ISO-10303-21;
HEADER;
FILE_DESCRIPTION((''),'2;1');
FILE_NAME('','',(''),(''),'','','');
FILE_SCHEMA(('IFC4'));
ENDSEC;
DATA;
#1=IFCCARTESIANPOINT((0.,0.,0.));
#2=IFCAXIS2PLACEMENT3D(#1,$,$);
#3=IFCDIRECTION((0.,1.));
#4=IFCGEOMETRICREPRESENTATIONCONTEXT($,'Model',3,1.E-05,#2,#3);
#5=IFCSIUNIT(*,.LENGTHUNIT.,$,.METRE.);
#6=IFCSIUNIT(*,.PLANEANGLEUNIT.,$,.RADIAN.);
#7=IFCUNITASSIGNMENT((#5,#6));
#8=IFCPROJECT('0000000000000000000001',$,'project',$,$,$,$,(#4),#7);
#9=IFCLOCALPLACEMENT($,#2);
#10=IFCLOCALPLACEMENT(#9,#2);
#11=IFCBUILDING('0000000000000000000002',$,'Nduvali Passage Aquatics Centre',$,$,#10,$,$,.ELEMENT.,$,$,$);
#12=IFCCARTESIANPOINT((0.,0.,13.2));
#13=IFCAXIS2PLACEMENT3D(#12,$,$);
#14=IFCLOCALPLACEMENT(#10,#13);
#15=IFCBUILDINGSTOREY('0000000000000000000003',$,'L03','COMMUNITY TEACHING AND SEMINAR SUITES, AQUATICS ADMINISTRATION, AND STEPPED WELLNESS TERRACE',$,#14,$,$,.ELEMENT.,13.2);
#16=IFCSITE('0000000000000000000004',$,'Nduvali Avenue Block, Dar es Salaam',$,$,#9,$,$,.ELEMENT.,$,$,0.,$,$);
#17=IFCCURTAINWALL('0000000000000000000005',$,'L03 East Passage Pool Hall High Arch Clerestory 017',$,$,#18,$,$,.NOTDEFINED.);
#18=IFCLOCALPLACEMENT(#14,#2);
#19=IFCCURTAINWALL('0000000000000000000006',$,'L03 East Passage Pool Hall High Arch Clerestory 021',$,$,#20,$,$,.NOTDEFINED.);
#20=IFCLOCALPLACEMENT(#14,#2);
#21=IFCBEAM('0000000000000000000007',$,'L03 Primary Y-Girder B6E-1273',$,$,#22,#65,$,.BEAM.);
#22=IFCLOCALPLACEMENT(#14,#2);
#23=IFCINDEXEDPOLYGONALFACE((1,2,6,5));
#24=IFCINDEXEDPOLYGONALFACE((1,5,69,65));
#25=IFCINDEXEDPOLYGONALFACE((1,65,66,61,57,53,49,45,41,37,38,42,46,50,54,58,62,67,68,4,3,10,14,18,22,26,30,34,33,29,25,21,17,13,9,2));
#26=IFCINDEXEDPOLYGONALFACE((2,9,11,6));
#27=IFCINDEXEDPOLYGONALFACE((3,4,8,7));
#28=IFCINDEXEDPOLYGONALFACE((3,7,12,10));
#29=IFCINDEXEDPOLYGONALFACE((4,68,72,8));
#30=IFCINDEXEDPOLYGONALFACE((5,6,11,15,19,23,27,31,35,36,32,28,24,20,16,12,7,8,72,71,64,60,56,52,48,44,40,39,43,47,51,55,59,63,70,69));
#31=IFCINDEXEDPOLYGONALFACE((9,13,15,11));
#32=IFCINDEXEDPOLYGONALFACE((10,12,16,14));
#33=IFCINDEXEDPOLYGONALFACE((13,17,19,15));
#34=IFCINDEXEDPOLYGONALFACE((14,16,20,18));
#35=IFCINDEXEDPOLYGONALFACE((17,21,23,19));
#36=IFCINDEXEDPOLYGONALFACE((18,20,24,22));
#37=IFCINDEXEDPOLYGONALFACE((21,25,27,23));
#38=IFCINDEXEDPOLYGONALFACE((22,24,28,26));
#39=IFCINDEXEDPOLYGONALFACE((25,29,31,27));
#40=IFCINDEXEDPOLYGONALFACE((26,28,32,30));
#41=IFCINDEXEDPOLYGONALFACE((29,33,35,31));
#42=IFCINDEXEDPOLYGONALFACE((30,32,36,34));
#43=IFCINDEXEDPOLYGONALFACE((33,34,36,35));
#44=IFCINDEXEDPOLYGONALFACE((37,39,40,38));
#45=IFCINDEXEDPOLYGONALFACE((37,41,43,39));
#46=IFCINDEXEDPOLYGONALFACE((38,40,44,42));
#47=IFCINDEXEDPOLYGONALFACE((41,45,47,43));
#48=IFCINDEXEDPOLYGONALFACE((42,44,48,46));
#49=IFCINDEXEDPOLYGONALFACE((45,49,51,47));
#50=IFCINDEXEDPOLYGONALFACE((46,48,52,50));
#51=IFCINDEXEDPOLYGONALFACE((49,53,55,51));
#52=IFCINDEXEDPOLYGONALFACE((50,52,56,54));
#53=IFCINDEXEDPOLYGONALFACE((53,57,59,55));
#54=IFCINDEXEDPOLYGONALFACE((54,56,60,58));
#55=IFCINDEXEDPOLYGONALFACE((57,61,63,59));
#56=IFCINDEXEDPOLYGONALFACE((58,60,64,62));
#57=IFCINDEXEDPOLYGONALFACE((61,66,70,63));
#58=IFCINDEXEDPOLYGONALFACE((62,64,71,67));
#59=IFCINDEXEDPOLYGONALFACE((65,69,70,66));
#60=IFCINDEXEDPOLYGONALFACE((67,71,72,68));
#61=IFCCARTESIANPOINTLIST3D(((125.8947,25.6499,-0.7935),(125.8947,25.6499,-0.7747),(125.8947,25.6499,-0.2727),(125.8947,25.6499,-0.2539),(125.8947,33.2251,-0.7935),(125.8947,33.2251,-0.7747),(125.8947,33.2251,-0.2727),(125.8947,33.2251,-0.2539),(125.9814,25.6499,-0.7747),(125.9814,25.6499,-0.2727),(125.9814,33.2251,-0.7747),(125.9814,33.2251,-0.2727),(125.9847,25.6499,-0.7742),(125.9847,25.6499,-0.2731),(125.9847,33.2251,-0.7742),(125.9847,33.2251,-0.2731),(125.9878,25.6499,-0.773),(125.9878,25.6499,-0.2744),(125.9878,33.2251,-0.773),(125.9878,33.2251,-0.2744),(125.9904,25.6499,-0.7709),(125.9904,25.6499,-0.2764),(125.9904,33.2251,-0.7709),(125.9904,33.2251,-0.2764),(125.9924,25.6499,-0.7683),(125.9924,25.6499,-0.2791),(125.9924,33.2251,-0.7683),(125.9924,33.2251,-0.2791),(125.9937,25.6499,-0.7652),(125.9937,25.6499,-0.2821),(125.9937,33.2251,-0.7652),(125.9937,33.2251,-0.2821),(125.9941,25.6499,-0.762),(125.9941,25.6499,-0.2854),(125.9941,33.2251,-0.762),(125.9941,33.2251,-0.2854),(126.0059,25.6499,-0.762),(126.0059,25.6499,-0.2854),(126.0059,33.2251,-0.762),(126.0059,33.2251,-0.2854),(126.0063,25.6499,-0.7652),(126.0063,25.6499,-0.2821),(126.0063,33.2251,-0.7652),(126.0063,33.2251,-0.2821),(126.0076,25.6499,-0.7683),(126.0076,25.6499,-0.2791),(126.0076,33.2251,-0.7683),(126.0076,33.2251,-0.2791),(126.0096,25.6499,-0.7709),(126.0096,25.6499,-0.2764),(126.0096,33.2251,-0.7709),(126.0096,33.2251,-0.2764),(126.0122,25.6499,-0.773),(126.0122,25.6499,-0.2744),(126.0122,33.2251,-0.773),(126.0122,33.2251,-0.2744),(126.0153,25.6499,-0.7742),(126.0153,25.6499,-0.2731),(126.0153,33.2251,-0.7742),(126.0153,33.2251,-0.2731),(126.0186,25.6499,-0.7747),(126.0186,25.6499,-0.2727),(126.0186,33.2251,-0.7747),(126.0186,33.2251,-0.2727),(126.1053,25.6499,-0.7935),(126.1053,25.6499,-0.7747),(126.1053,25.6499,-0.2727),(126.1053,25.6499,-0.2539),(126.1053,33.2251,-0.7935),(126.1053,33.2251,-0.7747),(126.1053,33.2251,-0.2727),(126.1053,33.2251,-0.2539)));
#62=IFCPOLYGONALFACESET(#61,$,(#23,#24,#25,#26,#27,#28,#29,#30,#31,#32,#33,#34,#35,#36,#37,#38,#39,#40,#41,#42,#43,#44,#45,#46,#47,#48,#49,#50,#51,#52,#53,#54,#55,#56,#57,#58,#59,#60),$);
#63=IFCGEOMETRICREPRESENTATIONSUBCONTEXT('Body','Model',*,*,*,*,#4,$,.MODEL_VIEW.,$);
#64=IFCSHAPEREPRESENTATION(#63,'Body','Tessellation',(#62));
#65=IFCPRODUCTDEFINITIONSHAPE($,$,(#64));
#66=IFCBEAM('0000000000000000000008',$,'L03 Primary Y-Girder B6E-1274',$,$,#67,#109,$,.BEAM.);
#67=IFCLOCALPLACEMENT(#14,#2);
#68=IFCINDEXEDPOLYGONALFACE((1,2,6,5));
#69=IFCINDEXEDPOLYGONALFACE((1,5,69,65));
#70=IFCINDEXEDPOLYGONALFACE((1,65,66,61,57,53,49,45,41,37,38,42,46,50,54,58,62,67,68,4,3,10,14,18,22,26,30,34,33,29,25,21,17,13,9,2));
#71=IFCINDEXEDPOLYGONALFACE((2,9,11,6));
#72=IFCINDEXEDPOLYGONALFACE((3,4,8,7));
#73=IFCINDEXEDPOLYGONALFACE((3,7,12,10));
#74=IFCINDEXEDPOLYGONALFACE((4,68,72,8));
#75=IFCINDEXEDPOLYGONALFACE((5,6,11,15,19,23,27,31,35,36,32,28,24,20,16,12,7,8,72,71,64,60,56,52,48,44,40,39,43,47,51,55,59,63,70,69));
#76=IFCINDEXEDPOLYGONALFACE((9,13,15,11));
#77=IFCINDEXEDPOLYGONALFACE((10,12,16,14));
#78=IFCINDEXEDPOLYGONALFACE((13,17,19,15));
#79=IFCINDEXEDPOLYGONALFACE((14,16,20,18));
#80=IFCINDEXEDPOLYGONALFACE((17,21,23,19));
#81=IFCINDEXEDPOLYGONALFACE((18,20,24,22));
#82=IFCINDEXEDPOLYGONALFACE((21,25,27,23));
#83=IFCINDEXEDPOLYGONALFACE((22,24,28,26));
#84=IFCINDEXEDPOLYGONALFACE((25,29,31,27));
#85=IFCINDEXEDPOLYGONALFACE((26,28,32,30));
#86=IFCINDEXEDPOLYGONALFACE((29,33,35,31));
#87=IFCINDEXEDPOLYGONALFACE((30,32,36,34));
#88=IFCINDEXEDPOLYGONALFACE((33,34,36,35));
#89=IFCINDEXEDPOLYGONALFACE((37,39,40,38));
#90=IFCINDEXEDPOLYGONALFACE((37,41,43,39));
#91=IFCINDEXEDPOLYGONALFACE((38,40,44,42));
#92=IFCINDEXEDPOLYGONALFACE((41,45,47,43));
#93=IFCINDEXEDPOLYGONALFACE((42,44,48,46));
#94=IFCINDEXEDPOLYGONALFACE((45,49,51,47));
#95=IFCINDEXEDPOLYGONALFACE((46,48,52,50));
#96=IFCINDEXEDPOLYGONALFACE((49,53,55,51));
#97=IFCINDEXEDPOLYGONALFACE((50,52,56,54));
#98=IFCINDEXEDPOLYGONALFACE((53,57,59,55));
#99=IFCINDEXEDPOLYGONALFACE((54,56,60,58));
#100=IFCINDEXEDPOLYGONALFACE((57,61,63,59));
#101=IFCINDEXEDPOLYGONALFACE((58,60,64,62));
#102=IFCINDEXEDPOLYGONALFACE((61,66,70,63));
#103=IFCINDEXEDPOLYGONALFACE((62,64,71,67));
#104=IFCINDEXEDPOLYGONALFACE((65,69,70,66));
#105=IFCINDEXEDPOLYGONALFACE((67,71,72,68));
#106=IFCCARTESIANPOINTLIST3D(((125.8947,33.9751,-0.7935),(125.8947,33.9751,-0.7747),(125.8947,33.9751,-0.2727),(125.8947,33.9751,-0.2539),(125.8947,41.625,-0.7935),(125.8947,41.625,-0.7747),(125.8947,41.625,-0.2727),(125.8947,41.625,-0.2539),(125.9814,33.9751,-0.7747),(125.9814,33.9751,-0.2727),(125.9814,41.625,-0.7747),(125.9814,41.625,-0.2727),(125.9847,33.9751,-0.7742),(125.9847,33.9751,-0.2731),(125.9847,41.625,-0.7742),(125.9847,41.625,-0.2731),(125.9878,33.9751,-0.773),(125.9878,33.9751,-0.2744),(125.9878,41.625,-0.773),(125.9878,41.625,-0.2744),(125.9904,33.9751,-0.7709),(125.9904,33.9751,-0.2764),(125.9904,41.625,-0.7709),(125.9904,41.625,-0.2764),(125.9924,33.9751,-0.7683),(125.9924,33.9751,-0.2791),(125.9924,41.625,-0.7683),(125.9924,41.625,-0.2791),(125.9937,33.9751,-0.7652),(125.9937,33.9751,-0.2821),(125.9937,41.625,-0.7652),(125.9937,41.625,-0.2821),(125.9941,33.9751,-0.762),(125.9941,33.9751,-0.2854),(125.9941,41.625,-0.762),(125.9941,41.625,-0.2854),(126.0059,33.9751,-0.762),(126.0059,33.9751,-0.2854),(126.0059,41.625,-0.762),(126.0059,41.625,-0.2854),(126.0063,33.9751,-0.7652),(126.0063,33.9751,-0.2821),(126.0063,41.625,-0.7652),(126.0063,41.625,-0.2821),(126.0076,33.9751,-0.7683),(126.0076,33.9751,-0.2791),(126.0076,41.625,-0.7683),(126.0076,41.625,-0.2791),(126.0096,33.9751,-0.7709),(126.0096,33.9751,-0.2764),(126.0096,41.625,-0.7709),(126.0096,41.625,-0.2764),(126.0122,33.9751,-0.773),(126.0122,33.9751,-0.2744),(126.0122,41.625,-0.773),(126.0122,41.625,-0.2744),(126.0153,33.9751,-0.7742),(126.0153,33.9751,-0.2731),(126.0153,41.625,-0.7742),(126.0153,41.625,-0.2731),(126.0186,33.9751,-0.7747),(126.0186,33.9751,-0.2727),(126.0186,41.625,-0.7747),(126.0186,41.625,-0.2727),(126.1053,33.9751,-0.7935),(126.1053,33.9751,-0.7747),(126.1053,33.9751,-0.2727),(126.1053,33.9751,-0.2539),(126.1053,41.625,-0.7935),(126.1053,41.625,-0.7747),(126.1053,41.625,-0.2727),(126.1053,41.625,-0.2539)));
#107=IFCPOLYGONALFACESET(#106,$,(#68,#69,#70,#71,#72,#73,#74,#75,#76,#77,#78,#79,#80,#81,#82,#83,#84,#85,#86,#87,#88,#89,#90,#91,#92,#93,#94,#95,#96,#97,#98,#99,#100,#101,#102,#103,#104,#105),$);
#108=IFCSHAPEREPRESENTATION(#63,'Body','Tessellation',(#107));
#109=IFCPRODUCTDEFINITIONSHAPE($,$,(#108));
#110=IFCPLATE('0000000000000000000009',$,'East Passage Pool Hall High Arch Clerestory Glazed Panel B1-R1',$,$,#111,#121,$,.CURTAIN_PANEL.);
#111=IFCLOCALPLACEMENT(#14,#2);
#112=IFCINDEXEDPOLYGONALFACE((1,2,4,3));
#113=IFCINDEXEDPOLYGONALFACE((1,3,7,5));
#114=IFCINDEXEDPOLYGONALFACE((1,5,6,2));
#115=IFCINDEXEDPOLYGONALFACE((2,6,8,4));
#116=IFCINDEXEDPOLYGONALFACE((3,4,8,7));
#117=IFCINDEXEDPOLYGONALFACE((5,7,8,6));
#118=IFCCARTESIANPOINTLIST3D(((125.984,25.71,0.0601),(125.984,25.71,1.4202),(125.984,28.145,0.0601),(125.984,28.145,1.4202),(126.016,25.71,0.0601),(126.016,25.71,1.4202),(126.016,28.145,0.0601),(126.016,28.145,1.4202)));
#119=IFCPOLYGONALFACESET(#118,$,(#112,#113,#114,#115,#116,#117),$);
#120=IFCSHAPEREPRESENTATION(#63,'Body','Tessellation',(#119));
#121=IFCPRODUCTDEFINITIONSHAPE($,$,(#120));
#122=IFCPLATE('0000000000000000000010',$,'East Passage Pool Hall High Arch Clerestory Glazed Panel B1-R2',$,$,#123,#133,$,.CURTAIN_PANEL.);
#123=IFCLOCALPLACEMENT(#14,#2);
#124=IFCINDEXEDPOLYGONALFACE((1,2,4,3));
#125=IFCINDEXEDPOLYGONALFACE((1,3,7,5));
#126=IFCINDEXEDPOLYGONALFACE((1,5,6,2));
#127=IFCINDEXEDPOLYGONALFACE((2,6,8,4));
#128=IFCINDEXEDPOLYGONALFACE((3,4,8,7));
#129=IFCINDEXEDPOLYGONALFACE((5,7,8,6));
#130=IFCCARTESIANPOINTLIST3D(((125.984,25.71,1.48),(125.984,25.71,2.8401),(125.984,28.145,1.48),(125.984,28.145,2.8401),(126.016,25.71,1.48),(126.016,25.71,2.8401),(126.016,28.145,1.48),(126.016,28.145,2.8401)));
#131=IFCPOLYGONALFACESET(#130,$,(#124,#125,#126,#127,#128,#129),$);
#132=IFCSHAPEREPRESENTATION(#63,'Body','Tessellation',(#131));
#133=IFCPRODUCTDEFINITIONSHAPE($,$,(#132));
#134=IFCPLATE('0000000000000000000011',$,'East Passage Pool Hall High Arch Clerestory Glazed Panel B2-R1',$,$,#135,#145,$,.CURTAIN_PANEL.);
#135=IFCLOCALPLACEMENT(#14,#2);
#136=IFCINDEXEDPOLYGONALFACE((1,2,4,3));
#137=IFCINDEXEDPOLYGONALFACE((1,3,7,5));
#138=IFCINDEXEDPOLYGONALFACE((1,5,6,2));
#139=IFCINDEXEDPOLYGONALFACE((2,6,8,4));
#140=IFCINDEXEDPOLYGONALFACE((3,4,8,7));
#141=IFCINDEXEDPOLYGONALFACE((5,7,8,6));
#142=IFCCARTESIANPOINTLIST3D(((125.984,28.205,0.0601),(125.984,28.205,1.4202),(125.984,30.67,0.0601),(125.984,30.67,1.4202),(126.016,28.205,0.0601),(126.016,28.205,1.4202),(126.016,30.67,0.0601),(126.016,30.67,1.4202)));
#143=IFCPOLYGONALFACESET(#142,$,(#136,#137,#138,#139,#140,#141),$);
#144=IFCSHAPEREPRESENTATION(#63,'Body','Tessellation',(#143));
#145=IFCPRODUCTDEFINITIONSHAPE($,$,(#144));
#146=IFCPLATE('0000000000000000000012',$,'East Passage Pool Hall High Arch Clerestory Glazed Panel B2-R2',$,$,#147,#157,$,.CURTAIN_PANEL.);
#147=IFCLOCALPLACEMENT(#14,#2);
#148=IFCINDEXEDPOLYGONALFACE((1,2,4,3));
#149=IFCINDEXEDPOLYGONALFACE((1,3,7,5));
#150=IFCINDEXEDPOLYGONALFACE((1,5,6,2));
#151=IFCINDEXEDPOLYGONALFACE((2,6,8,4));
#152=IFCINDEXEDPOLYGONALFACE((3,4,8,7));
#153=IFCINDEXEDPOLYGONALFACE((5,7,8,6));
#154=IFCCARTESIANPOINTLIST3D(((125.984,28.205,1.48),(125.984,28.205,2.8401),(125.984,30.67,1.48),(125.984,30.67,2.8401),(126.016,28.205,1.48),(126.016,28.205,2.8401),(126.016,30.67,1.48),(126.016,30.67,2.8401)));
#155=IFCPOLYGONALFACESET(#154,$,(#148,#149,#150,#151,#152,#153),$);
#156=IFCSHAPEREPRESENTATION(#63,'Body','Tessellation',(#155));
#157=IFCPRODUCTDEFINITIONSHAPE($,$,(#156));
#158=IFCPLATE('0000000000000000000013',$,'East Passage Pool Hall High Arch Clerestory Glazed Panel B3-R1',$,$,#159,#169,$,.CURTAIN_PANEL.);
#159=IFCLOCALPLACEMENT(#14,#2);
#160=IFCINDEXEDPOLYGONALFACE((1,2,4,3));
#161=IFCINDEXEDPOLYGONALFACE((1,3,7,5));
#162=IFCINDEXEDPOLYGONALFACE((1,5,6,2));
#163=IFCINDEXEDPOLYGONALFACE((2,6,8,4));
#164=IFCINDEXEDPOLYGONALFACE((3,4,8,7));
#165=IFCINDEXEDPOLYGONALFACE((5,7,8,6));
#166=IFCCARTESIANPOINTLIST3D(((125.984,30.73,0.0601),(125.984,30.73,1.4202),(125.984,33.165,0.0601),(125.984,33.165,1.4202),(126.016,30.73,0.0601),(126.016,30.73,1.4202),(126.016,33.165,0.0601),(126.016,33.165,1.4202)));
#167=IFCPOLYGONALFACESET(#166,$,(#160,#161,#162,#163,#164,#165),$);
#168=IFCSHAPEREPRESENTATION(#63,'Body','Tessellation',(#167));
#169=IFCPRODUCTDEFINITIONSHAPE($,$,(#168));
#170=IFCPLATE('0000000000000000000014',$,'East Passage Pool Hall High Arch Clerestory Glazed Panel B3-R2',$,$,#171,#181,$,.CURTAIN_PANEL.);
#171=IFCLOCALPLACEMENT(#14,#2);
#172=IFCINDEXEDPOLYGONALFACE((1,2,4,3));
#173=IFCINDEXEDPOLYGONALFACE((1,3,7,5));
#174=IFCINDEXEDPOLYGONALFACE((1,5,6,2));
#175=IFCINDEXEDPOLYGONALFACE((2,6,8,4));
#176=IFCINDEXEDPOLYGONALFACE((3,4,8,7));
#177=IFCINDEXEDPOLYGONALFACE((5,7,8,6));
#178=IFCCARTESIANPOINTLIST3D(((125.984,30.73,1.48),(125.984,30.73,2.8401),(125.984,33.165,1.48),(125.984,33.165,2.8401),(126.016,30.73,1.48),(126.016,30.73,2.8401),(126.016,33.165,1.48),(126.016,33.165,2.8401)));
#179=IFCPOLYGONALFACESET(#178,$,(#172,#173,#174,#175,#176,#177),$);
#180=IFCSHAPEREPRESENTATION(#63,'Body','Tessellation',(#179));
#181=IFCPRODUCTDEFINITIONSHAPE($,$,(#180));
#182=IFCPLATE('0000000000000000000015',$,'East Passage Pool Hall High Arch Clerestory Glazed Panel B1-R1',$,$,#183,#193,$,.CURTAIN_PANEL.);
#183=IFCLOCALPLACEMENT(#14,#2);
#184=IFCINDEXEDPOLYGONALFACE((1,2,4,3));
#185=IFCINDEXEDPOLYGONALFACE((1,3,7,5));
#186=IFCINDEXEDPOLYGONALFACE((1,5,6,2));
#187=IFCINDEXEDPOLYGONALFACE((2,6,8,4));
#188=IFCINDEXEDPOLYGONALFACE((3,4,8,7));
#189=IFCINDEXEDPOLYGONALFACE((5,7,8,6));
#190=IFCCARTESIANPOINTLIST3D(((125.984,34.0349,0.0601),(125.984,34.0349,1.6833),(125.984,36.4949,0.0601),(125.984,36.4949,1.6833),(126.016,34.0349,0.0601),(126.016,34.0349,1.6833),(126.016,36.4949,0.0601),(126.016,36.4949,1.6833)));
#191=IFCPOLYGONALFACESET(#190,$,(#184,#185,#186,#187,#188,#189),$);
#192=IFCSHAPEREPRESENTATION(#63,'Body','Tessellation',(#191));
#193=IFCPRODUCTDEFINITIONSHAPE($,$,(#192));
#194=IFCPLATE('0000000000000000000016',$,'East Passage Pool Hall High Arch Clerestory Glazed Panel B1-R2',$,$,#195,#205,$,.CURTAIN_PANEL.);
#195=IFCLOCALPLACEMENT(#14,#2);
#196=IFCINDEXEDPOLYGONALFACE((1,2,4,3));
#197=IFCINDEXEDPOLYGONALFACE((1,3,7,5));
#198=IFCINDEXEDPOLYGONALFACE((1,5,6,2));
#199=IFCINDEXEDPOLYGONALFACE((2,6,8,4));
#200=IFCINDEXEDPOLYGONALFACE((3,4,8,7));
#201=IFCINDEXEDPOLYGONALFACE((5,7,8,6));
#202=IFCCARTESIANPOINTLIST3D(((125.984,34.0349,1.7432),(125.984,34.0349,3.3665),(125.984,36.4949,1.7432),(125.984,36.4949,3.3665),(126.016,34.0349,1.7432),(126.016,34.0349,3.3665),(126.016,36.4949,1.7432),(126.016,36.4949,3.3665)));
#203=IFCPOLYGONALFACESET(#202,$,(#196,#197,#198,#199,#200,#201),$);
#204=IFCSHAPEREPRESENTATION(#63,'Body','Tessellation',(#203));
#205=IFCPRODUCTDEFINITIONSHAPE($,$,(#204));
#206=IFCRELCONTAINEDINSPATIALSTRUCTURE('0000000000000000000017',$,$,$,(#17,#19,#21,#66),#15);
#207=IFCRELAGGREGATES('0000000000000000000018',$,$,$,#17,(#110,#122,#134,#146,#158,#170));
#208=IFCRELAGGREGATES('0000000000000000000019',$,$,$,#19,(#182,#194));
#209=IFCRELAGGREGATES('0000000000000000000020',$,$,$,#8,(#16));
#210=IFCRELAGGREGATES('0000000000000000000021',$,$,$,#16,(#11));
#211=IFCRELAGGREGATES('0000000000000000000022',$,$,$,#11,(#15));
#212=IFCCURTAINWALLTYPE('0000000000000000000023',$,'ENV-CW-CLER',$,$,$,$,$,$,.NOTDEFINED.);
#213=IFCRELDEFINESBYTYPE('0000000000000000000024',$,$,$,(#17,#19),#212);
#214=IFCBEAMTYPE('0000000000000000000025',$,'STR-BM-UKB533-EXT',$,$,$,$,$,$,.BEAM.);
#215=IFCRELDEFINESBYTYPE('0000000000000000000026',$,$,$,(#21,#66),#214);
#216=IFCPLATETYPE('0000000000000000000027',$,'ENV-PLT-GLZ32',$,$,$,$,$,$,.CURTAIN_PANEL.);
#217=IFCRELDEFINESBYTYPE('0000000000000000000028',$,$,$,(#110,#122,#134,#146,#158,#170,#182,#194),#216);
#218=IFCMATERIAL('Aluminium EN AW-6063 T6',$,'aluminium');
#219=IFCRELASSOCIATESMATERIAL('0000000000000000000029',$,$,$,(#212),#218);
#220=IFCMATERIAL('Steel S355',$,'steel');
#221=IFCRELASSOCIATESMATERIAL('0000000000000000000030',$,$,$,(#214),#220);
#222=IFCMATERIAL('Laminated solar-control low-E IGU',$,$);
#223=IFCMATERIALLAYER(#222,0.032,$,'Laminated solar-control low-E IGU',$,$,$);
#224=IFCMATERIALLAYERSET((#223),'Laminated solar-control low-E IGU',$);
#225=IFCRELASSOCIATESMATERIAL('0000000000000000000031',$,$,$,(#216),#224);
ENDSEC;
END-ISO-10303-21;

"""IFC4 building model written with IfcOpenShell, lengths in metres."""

from ifc_helpers import new_model, si_unit, direction, frame, origin, origin_2d, place, context, subcontext, project, spatial, rectangle, i_section, extrude, material, layer, layer_set, material_profile, profile_set, type_object, element, aggregate, save


model = new_model("IFC4")

# Units and contexts
model_context = context("Model", 3, precision=1e-05, world=origin(), true_north=direction((0.0, 1.0)))
body_context = subcontext(model_context, "Body", "Model", "MODEL_VIEW")
ifc_project = project(units=[si_unit("LENGTHUNIT", "METRE"), si_unit("PLANEANGLEUNIT", "RADIAN")], contexts=[model_context])

# Site, building, storey
site_placement = place(None, origin())
site = spatial("IfcSite", under=ifc_project, at=site_placement, Name="Nduvali Avenue Block, Dar es Salaam", CompositionType="ELEMENT", RefElevation=0.0)
building_placement = place(site_placement, origin())
building = spatial("IfcBuilding", under=site, at=building_placement, Name="Nduvali Passage Aquatics Centre", CompositionType="ELEMENT")
storey_placement = place(building_placement, frame((0.0, 0.0, 13.2)))
storey = spatial("IfcBuildingStorey", under=building, at=storey_placement, Name="L03", Description="COMMUNITY TEACHING AND SEMINAR SUITES, AQUATICS ADMINISTRATION, AND STEPPED WELLNESS TERRACE", CompositionType="ELEMENT", Elevation=13.2)

# Curtain walls
ifc_material_1 = material(Name="Aluminium EN AW-6063 T6", Category="aluminium")
curtain_wall_type = type_object("IfcCurtainWallType", Name="ENV-CW-CLER", PredefinedType="NOTDEFINED", material=ifc_material_1)
curtain_wall_1_placement = place(storey_placement, origin())
curtain_wall_1 = element("IfcCurtainWall", 1, at=curtain_wall_1_placement, inside=storey, type_object=curtain_wall_type, Name="L03 East Passage Pool Hall High Arch Clerestory 017", PredefinedType="NOTDEFINED")
curtain_wall_2_placement = place(storey_placement, origin())
curtain_wall_2 = element("IfcCurtainWall", 2, at=curtain_wall_2_placement, inside=storey, type_object=curtain_wall_type, Name="L03 East Passage Pool Hall High Arch Clerestory 021", PredefinedType="NOTDEFINED")

# Beams
ifc_material_2 = material(Name="Steel S355", Category="steel")
ifc_material_profile_1 = material_profile(ifc_material_2, i_section(OverallWidth=0.2107, OverallDepth=0.5396, WebThickness=0.0117, FlangeThickness=0.0188, FilletRadius=0.0127, at=origin_2d()), Name="UKB 533x210x109")
ifc_profile_set_1 = profile_set([ifc_material_profile_1], Name="Steel S355")
beam_type = type_object("IfcBeamType", Name="STR-BM-UKB533-EXT", PredefinedType="BEAM", material=ifc_profile_set_1)
beam_1_placement = place(storey_placement, frame((126.0, 25.6499, -0.5237), z_axis=(0.0, 1.0, 0.0), x_axis=(-1.0, 0.0, 0.0)))
element("IfcBeam", 3, at=beam_1_placement, inside=storey, type_object=beam_type, Name="L03 Primary Y-Girder B6E-1273", PredefinedType="BEAM", context=body_context, shape_type="SweptSolid", body=[
    extrude(i_section(OverallWidth=0.2107, OverallDepth=0.5396, WebThickness=0.0117, FlangeThickness=0.0188, FilletRadius=0.0127, at=origin_2d()), origin(), (0.0, 0.0, 1.0), 7.5752),
])
beam_2_placement = place(storey_placement, frame((126.0, 33.9751, -0.5237), z_axis=(0.0, 1.0, 0.0), x_axis=(-1.0, 0.0, 0.0)))
element("IfcBeam", 4, at=beam_2_placement, inside=storey, type_object=beam_type, Name="L03 Primary Y-Girder B6E-1274", PredefinedType="BEAM", context=body_context, shape_type="SweptSolid", body=[
    extrude(i_section(OverallWidth=0.2107, OverallDepth=0.5396, WebThickness=0.0117, FlangeThickness=0.0188, FilletRadius=0.0127, at=origin_2d()), origin(), (0.0, 0.0, 1.0), 7.6499),
])

# Plates
ifc_material_3 = material(Name="Laminated solar-control low-E IGU")
ifc_layer = layer(ifc_material_3, 0.032, Name="Laminated solar-control low-E IGU")
ifc_layer_set = layer_set([ifc_layer], Name="Laminated solar-control low-E IGU")
plate_type = type_object("IfcPlateType", Name="ENV-PLT-GLZ32", PredefinedType="CURTAIN_PANEL", material=ifc_layer_set)
plate_1_placement = place(storey_placement, frame((126.0, 26.9275, 0.0601), z_axis=(0.0, 0.0, 1.0), x_axis=(0.0, 1.0, 0.0)))
plate_1 = element("IfcPlate", 5, at=plate_1_placement, type_object=plate_type, Name="East Passage Pool Hall High Arch Clerestory Glazed Panel B1-R1", PredefinedType="CURTAIN_PANEL", context=body_context, shape_type="SweptSolid", body=[
    extrude(rectangle(XDim=2.4351, YDim=0.032, at=origin_2d()), origin(), (0.0, 0.0, 1.0), 1.3601),
])
plate_2_placement = place(storey_placement, frame((126.0, 26.9275, 1.48), z_axis=(0.0, 0.0, 1.0), x_axis=(0.0, 1.0, 0.0)))
plate_2 = element("IfcPlate", 6, at=plate_2_placement, type_object=plate_type, Name="East Passage Pool Hall High Arch Clerestory Glazed Panel B1-R2", PredefinedType="CURTAIN_PANEL", context=body_context, shape_type="SweptSolid", body=[
    extrude(rectangle(XDim=2.4351, YDim=0.032, at=origin_2d()), origin(), (0.0, 0.0, 1.0), 1.3601),
])
plate_3_placement = place(storey_placement, frame((126.0, 29.4375, 0.0601), z_axis=(0.0, 0.0, 1.0), x_axis=(0.0, 1.0, 0.0)))
plate_3 = element("IfcPlate", 7, at=plate_3_placement, type_object=plate_type, Name="East Passage Pool Hall High Arch Clerestory Glazed Panel B2-R1", PredefinedType="CURTAIN_PANEL", context=body_context, shape_type="SweptSolid", body=[
    extrude(rectangle(XDim=2.4651, YDim=0.032, at=origin_2d()), origin(), (0.0, 0.0, 1.0), 1.3601),
])
plate_4_placement = place(storey_placement, frame((126.0, 29.4375, 1.48), z_axis=(0.0, 0.0, 1.0), x_axis=(0.0, 1.0, 0.0)))
plate_4 = element("IfcPlate", 8, at=plate_4_placement, type_object=plate_type, Name="East Passage Pool Hall High Arch Clerestory Glazed Panel B2-R2", PredefinedType="CURTAIN_PANEL", context=body_context, shape_type="SweptSolid", body=[
    extrude(rectangle(XDim=2.4651, YDim=0.032, at=origin_2d()), origin(), (0.0, 0.0, 1.0), 1.3601),
])
plate_5_placement = place(storey_placement, frame((126.0, 31.9475, 0.0601), z_axis=(0.0, 0.0, 1.0), x_axis=(0.0, 1.0, 0.0)))
plate_5 = element("IfcPlate", 9, at=plate_5_placement, type_object=plate_type, Name="East Passage Pool Hall High Arch Clerestory Glazed Panel B3-R1", PredefinedType="CURTAIN_PANEL", context=body_context, shape_type="SweptSolid", body=[
    extrude(rectangle(XDim=2.4351, YDim=0.032, at=origin_2d()), origin(), (0.0, 0.0, 1.0), 1.3601),
])
plate_6_placement = place(storey_placement, frame((126.0, 31.9475, 1.48), z_axis=(0.0, 0.0, 1.0), x_axis=(0.0, 1.0, 0.0)))
plate_6 = element("IfcPlate", 10, at=plate_6_placement, type_object=plate_type, Name="East Passage Pool Hall High Arch Clerestory Glazed Panel B3-R2", PredefinedType="CURTAIN_PANEL", context=body_context, shape_type="SweptSolid", body=[
    extrude(rectangle(XDim=2.4351, YDim=0.032, at=origin_2d()), origin(), (0.0, 0.0, 1.0), 1.3601),
])
aggregate(curtain_wall_1, [plate_1, plate_2, plate_3, plate_4, plate_5, plate_6])
plate_7_placement = place(storey_placement, frame((126.0, 35.2649, 0.0601), z_axis=(0.0, 0.0, 1.0), x_axis=(0.0, 1.0, 0.0)))
plate_7 = element("IfcPlate", 11, at=plate_7_placement, type_object=plate_type, Name="East Passage Pool Hall High Arch Clerestory Glazed Panel B1-R1", PredefinedType="CURTAIN_PANEL", context=body_context, shape_type="SweptSolid", body=[
    extrude(rectangle(XDim=2.46, YDim=0.032, at=origin_2d()), origin(), (0.0, 0.0, 1.0), 1.6233),
])
plate_8_placement = place(storey_placement, frame((126.0, 35.2649, 1.7432), z_axis=(0.0, 0.0, 1.0), x_axis=(0.0, 1.0, 0.0)))
plate_8 = element("IfcPlate", 12, at=plate_8_placement, type_object=plate_type, Name="East Passage Pool Hall High Arch Clerestory Glazed Panel B1-R2", PredefinedType="CURTAIN_PANEL", context=body_context, shape_type="SweptSolid", body=[
    extrude(rectangle(XDim=2.46, YDim=0.032, at=origin_2d()), origin(), (0.0, 0.0, 1.0), 1.6233),
])
aggregate(curtain_wall_2, [plate_7, plate_8])

save(model, "model.ifc")
